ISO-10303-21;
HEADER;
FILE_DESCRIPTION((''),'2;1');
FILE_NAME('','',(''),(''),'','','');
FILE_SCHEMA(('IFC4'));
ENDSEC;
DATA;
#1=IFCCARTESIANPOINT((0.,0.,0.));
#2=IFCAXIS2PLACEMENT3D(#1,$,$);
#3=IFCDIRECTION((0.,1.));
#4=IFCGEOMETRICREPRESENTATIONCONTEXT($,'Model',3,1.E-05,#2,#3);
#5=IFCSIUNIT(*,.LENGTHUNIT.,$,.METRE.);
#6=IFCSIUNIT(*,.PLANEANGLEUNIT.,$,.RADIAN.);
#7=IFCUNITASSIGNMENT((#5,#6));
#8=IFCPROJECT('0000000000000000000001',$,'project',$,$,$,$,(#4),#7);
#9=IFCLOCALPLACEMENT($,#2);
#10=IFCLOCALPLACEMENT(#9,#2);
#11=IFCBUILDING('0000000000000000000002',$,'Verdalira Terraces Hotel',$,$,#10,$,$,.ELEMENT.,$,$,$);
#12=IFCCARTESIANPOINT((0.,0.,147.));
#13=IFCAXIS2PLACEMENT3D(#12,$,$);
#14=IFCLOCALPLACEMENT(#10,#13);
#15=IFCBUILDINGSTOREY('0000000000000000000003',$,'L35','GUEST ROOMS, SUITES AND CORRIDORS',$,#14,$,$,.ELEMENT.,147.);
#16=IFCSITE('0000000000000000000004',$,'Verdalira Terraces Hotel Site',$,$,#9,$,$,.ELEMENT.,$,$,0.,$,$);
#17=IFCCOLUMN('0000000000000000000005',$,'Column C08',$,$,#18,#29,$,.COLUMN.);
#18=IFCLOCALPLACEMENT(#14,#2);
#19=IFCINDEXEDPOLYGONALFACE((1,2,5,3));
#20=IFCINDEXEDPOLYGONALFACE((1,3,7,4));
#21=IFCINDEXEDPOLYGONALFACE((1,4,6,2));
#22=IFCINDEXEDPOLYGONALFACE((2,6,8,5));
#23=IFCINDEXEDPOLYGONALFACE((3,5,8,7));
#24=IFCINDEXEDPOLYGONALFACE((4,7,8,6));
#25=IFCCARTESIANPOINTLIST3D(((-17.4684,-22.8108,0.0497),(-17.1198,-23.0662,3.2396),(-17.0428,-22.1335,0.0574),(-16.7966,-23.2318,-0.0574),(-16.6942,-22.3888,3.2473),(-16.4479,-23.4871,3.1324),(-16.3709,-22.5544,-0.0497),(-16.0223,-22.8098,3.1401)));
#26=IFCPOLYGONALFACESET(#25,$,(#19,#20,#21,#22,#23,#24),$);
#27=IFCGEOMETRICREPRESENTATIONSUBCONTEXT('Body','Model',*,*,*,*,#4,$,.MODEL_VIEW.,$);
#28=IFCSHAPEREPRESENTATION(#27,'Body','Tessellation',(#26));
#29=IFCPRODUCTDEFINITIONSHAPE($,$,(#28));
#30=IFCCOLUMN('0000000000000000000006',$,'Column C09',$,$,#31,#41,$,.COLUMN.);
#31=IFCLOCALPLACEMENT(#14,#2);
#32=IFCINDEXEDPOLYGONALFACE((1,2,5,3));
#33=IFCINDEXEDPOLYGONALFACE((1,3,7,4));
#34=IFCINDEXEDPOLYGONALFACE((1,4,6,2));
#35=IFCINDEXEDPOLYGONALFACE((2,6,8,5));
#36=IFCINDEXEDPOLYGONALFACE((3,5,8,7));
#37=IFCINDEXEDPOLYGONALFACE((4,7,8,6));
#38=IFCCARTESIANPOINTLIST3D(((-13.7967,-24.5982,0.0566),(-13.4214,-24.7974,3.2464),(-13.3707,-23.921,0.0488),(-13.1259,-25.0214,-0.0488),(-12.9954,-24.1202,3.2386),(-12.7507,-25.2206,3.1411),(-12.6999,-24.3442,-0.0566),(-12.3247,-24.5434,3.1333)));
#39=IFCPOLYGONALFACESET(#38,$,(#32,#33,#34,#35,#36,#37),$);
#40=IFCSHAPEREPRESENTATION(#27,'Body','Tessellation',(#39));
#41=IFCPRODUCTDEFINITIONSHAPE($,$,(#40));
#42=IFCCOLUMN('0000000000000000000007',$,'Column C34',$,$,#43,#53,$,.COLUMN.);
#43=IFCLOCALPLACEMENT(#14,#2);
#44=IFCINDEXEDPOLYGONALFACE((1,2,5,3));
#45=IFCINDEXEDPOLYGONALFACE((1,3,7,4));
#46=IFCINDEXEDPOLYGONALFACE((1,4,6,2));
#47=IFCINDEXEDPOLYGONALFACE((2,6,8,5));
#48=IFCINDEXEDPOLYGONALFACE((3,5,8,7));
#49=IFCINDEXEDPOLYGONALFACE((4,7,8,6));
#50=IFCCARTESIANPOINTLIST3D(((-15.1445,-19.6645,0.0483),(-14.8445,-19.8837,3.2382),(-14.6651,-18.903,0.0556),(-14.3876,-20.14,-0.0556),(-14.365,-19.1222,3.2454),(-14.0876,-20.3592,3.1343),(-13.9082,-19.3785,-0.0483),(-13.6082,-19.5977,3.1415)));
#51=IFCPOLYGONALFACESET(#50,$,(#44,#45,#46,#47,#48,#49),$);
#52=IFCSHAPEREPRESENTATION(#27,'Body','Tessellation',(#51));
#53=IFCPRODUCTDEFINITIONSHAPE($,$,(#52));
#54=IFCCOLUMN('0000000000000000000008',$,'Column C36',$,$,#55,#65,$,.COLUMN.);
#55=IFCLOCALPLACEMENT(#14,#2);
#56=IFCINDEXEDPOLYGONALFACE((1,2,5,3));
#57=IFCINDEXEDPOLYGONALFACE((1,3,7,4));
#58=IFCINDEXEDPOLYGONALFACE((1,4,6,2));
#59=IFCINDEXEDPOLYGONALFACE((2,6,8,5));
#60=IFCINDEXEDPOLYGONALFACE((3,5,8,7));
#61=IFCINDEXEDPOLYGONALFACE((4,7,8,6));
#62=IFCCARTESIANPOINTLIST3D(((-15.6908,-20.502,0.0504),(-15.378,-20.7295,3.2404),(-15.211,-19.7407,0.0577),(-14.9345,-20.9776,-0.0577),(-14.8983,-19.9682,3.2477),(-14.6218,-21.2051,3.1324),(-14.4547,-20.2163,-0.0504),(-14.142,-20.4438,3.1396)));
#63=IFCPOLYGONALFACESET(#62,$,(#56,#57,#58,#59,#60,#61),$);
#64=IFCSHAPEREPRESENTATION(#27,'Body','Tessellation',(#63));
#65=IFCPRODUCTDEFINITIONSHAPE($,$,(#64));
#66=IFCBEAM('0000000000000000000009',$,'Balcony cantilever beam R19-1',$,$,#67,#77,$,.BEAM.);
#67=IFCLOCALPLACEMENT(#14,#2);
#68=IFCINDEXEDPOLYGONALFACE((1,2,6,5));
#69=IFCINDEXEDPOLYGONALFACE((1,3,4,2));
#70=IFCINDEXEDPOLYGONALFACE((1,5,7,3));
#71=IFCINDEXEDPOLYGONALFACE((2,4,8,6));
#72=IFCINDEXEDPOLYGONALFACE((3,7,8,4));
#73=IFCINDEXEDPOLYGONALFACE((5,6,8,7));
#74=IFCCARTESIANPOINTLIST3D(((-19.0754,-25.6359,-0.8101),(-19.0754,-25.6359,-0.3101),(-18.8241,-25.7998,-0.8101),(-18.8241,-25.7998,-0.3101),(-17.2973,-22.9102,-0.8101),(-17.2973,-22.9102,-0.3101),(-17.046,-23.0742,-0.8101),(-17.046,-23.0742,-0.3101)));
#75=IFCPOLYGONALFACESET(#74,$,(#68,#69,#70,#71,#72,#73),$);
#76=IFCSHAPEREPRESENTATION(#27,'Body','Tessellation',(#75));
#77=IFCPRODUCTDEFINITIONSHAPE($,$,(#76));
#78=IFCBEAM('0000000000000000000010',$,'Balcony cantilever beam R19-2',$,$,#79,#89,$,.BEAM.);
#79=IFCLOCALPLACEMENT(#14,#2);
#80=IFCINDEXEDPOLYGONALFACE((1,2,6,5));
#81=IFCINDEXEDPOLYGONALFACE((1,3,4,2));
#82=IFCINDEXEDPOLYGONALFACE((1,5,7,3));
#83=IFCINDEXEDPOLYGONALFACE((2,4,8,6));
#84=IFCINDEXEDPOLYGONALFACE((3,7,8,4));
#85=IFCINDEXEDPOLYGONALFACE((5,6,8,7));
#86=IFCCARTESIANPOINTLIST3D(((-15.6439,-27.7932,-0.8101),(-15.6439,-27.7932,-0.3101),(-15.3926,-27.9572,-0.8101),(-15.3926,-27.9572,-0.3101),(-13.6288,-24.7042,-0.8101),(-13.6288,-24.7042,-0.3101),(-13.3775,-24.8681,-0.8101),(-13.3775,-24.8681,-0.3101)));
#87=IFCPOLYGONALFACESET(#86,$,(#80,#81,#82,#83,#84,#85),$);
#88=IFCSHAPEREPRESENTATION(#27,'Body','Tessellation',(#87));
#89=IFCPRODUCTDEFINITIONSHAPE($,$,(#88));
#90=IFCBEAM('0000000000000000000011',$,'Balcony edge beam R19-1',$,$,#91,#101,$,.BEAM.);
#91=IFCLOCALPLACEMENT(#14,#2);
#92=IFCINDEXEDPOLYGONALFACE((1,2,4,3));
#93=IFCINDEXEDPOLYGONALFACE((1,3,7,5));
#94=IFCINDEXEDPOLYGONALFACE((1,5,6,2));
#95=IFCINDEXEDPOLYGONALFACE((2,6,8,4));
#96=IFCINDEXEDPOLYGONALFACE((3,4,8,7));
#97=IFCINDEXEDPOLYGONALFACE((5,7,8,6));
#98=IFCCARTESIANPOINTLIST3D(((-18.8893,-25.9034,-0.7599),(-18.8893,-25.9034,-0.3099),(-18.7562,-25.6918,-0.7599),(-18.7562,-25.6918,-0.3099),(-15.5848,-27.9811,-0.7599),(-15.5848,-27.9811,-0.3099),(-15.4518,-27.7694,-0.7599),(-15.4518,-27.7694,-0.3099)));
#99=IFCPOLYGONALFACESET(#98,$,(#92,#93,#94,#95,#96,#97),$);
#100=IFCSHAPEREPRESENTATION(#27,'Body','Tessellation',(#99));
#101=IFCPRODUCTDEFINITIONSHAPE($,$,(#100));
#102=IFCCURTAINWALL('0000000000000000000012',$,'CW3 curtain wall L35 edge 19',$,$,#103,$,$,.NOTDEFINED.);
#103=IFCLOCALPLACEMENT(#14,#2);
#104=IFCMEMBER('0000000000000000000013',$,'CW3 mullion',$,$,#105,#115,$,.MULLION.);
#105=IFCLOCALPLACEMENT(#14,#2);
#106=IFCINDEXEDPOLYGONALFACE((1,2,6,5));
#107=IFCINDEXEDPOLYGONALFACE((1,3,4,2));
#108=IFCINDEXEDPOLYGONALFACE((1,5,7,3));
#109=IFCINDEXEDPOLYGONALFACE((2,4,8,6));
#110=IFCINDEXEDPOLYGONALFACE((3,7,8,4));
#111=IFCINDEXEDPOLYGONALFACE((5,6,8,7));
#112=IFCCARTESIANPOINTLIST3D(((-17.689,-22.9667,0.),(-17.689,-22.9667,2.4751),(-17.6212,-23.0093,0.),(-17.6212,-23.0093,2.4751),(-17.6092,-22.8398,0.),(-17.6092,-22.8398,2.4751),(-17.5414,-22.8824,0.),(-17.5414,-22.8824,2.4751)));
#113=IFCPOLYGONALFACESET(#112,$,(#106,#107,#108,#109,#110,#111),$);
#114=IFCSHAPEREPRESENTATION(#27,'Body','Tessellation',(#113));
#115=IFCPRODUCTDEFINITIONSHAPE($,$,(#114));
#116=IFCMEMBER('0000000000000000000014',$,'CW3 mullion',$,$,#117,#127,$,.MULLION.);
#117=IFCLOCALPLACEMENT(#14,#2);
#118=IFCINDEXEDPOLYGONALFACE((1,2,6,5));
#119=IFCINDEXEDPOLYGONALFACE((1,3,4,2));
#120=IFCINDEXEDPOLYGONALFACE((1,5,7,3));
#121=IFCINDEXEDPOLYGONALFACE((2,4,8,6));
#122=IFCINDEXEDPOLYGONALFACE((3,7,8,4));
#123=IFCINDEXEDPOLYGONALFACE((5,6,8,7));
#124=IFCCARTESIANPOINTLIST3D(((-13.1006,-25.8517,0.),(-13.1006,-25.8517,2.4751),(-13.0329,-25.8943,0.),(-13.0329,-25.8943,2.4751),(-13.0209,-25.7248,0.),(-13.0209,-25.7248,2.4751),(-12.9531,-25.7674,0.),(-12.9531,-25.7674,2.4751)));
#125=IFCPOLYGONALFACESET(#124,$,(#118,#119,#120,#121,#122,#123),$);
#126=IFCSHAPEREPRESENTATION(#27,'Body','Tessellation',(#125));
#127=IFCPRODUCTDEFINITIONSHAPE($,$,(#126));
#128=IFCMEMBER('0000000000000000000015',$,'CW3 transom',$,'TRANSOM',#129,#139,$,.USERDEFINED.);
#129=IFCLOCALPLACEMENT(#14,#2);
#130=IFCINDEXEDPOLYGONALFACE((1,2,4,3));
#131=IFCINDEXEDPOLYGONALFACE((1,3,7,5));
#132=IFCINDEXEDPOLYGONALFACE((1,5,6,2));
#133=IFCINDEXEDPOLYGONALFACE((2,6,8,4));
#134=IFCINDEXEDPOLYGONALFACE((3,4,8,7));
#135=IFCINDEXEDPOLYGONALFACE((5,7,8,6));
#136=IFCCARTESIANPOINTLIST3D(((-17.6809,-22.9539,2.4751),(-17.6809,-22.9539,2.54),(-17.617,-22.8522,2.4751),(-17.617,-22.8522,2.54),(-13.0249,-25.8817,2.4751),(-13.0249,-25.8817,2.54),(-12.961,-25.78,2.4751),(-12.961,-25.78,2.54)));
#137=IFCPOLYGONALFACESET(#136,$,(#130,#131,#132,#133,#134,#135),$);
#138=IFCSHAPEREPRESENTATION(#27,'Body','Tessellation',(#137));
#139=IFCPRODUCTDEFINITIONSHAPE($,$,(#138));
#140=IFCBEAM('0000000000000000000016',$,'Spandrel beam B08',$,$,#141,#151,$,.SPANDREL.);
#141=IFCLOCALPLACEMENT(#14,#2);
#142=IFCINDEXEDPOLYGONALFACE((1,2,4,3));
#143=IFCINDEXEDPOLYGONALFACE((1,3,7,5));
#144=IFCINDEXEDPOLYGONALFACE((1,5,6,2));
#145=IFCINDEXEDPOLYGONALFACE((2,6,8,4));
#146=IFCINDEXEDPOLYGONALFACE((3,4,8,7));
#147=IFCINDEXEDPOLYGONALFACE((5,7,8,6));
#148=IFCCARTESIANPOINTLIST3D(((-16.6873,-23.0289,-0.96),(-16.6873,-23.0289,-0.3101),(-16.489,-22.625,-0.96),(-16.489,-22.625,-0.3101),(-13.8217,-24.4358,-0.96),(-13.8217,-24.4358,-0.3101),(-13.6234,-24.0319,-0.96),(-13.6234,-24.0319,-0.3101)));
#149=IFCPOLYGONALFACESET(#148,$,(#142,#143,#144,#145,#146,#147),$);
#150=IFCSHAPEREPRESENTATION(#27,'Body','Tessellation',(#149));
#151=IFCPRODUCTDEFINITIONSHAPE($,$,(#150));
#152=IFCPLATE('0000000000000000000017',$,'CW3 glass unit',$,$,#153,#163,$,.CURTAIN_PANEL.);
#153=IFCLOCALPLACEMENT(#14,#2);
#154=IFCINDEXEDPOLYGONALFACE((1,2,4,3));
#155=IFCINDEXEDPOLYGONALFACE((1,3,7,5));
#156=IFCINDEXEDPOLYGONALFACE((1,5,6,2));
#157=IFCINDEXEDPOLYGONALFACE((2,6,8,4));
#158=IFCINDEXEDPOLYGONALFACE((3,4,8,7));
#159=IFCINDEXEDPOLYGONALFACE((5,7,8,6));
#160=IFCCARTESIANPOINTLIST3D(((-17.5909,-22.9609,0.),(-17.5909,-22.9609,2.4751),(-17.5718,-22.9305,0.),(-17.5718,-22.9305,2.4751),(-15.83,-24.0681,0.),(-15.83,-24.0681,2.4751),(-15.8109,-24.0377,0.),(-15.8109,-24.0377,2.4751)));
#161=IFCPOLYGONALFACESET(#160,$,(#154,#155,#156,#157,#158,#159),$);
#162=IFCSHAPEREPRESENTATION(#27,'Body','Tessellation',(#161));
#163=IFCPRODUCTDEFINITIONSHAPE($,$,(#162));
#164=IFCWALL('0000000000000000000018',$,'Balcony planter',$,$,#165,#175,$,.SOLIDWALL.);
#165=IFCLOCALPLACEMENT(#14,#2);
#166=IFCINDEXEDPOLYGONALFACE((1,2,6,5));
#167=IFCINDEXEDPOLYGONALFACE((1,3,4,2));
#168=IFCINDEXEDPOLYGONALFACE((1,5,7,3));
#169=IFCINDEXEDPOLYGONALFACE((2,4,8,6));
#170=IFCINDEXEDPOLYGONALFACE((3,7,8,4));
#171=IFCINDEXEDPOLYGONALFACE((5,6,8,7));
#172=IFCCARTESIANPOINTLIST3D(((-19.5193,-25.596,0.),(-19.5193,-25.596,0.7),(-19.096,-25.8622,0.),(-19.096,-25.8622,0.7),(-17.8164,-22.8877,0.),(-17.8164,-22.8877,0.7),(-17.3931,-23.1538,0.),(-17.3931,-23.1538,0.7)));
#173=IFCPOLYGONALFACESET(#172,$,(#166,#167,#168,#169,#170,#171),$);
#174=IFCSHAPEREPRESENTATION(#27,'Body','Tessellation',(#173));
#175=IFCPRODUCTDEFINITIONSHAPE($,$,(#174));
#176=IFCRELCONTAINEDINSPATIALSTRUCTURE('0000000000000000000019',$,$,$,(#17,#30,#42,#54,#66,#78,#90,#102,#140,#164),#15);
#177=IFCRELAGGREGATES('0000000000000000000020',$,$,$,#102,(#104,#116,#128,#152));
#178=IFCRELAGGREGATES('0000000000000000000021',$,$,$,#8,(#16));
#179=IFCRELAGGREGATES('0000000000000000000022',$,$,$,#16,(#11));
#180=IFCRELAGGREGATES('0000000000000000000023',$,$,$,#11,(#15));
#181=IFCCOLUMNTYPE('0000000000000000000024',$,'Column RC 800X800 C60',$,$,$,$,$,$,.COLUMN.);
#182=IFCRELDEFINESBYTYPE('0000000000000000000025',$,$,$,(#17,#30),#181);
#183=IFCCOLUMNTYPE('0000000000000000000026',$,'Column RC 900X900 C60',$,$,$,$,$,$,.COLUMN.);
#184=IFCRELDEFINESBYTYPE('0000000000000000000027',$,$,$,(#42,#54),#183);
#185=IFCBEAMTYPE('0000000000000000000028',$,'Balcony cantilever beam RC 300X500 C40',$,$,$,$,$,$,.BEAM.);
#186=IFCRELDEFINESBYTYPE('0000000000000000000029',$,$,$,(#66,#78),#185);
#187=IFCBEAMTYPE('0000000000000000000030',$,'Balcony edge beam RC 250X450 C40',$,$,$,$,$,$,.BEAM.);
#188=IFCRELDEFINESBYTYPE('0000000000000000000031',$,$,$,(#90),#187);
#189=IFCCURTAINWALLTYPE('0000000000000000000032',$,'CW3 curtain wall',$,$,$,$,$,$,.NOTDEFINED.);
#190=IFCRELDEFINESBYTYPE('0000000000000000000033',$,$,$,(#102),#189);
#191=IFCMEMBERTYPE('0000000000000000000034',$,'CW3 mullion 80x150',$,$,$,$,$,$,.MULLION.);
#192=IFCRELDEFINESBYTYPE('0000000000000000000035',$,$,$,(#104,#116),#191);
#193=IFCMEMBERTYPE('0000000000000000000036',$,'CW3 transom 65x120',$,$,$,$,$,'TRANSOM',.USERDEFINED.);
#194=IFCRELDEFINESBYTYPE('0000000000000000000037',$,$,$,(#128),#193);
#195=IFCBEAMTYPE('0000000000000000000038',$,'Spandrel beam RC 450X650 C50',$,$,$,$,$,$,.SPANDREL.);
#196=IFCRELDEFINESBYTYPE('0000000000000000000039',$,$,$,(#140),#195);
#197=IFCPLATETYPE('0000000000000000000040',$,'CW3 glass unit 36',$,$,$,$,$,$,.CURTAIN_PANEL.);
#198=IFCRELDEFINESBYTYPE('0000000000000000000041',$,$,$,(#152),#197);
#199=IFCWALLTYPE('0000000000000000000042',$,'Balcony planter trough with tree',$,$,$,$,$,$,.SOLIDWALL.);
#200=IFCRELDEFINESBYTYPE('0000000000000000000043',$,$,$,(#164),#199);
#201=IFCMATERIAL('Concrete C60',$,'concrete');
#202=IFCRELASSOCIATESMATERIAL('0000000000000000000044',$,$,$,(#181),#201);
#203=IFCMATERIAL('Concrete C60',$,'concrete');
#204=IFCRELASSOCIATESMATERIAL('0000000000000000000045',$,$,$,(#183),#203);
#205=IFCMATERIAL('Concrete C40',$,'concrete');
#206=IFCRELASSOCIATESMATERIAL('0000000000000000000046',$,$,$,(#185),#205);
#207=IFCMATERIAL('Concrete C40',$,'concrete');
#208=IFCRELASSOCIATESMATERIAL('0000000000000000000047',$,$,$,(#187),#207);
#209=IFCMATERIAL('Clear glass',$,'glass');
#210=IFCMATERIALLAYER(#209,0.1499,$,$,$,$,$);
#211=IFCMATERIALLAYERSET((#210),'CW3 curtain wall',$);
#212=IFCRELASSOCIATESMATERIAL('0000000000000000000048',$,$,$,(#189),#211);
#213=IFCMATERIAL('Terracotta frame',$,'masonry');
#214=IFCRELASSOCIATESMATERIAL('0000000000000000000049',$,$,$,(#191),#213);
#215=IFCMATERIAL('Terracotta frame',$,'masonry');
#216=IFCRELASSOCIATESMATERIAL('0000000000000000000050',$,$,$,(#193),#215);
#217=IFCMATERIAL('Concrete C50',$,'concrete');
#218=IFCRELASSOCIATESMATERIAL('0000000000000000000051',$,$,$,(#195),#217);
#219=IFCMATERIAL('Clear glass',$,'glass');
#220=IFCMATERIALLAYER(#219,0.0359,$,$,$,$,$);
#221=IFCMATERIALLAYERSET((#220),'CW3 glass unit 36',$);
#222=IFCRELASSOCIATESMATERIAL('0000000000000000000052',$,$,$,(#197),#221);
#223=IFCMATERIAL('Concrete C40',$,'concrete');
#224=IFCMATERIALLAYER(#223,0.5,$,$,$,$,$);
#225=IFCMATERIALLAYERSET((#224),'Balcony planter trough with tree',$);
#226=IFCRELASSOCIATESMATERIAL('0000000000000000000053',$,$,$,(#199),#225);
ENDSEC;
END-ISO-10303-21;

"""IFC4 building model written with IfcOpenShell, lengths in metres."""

from ifc_helpers import new_model, si_unit, direction, frame, frame_2d, origin, origin_2d, place, context, subcontext, project, spatial, rectangle, extrude, material, layer, layer_set, material_profile, profile_set, type_object, element, aggregate, save


model = new_model("IFC4")

# Units and contexts
model_context = context("Model", 3, precision=1e-05, world=origin(), true_north=direction((0.0, 1.0)))
body_context = subcontext(model_context, "Body", "Model", "MODEL_VIEW")
ifc_project = project(units=[si_unit("LENGTHUNIT", "METRE"), si_unit("PLANEANGLEUNIT", "RADIAN")], contexts=[model_context])

# Site, building, storey
site_placement = place(None, origin())
site = spatial("IfcSite", under=ifc_project, at=site_placement, Name="Verdalira Terraces Hotel Site", CompositionType="ELEMENT", RefElevation=0.0)
building_placement = place(site_placement, origin())
building = spatial("IfcBuilding", under=site, at=building_placement, Name="Verdalira Terraces Hotel", CompositionType="ELEMENT")
storey_placement = place(building_placement, frame((0.0, 0.0, 147.0)))
storey = spatial("IfcBuildingStorey", under=building, at=storey_placement, Name="L35", Description="GUEST ROOMS, SUITES AND CORRIDORS", CompositionType="ELEMENT", Elevation=147.0)

# Columns
ifc_material_1 = material(Name="Concrete C60", Category="concrete")
ifc_material_profile_1 = material_profile(ifc_material_1, rectangle(XDim=0.8, YDim=0.8, at=origin_2d()), Name="RC 800X800")
ifc_profile_set_1 = profile_set([ifc_material_profile_1], Name="Concrete C60")
column_type_1 = type_object("IfcColumnType", Name="Column RC 800X800 C60", PredefinedType="COLUMN", material=ifc_profile_set_1)
column_1_placement = place(storey_placement, frame((-16.9197, -22.6826, 0.0), z_axis=(0.108302, -0.07933, 0.990948), x_axis=(0.839792, -0.526136, -0.133902)))
element("IfcColumn", 1, at=column_1_placement, inside=storey, type_object=column_type_1, Name="Column C08", PredefinedType="COLUMN", context=body_context, shape_type="SweptSolid", body=[
    extrude(rectangle(XDim=0.8, YDim=0.8, at=origin_2d()), origin(), (0.0, 0.0, 1.0), 3.219),
])
column_2_placement = place(storey_placement, frame((-13.2483, -24.4712, 0.0), z_axis=(0.116604, -0.061906, 0.991247), x_axis=(0.838387, -0.528937, -0.131656)))
element("IfcColumn", 2, at=column_2_placement, inside=storey, type_object=column_type_1, Name="Column C09", PredefinedType="COLUMN", context=body_context, shape_type="SweptSolid", body=[
    extrude(rectangle(XDim=0.8, YDim=0.8, at=origin_2d()), origin(), (0.0, 0.0, 1.0), 3.218),
])
ifc_material_2 = material(Name="Concrete C60", Category="concrete")
ifc_material_profile_2 = material_profile(ifc_material_2, rectangle(XDim=0.8999, YDim=0.8999, at=origin_2d()), Name="RC 900X900")
ifc_profile_set_2 = profile_set([ifc_material_profile_2], Name="Concrete C60")
column_type_2 = type_object("IfcColumnType", Name="Column RC 900X900 C60", PredefinedType="COLUMN", material=ifc_profile_set_2)
column_3_placement = place(storey_placement, frame((-14.5264, -19.5215, 0.0), z_axis=(0.093429, -0.068266, 0.993283), x_axis=(-0.53278, -0.846215, -0.008045)))
element("IfcColumn", 3, at=column_3_placement, inside=storey, type_object=column_type_2, Name="Column C34", PredefinedType="COLUMN", context=body_context, shape_type="SweptSolid", body=[
    extrude(rectangle(XDim=0.8999, YDim=0.8999, at=origin_2d()), origin(), (0.0, 0.0, 1.0), 3.2114),
])
column_4_placement = place(storey_placement, frame((-15.0728, -20.3591, 0.0), z_axis=(0.097328, -0.070812, 0.99273), x_axis=(-0.533151, -0.845982, -0.008073)))
element("IfcColumn", 4, at=column_4_placement, inside=storey, type_object=column_type_2, Name="Column C36", PredefinedType="COLUMN", context=body_context, shape_type="SweptSolid", body=[
    extrude(rectangle(XDim=0.8999, YDim=0.8999, at=origin_2d()), origin(), (0.0, 0.0, 1.0), 3.2134),
])

# Beams
ifc_material_3 = material(Name="Concrete C40", Category="concrete")
ifc_material_profile_3 = material_profile(ifc_material_3, rectangle(XDim=0.3, YDim=0.5, at=origin_2d()), Name="RC 300X500")
ifc_profile_set_3 = profile_set([ifc_material_profile_3], Name="Concrete C40")
beam_type_1 = type_object("IfcBeamType", Name="Balcony cantilever beam RC 300X500 C40", PredefinedType="BEAM", material=ifc_profile_set_3)
beam_1_placement = place(storey_placement, frame((-17.1716, -22.9922, -0.5601), z_axis=(-0.54638, -0.837537, 0.0), x_axis=(0.837537, -0.54638, 0.0)))
element("IfcBeam", 5, at=beam_1_placement, inside=storey, type_object=beam_type_1, Name="Balcony cantilever beam R19-1", PredefinedType="BEAM", context=body_context, shape_type="SweptSolid", body=[
    extrude(rectangle(XDim=0.3, YDim=0.5, at=origin_2d()), origin(), (0.0, 0.0, 1.0), 3.2544),
])
beam_2_placement = place(storey_placement, frame((-13.5032, -24.7861, -0.5601), z_axis=(-0.546363, -0.837549, 0.0), x_axis=(0.837549, -0.546363, 0.0)))
element("IfcBeam", 6, at=beam_2_placement, inside=storey, type_object=beam_type_1, Name="Balcony cantilever beam R19-2", PredefinedType="BEAM", context=body_context, shape_type="SweptSolid", body=[
    extrude(rectangle(XDim=0.3, YDim=0.5, at=origin_2d()), origin(), (0.0, 0.0, 1.0), 3.6882),
])
ifc_material_4 = material(Name="Concrete C40", Category="concrete")
ifc_material_profile_4 = material_profile(ifc_material_4, rectangle(XDim=0.25, YDim=0.45, at=origin_2d()), Name="RC 250X450")
ifc_profile_set_4 = profile_set([ifc_material_profile_4], Name="Concrete C40")
beam_type_2 = type_object("IfcBeamType", Name="Balcony edge beam RC 250X450 C40", PredefinedType="BEAM", material=ifc_profile_set_4)
beam_3_placement = place(storey_placement, frame((-18.8228, -25.7976, -0.5349), z_axis=(0.846572, -0.532274, 0.0), x_axis=(0.532274, 0.846572, 0.0)))
element("IfcBeam", 7, at=beam_3_placement, inside=storey, type_object=beam_type_2, Name="Balcony edge beam R19-1", PredefinedType="BEAM", context=body_context, shape_type="SweptSolid", body=[
    extrude(rectangle(XDim=0.25, YDim=0.45, at=origin_2d()), origin(), (0.0, 0.0, 1.0), 3.9033),
])

# Curtain wall, members
ifc_material_5 = material(Name="Clear glass", Category="glass")
ifc_layer_1 = layer(ifc_material_5, 0.1499)
ifc_layer_set_1 = layer_set([ifc_layer_1], Name="CW3 curtain wall")
curtain_wall_type = type_object("IfcCurtainWallType", Name="CW3 curtain wall", PredefinedType="NOTDEFINED", material=ifc_layer_set_1)
curtain_wall_placement = place(storey_placement, origin())
curtain_wall = element("IfcCurtainWall", 8, at=curtain_wall_placement, inside=storey, type_object=curtain_wall_type, Name="CW3 curtain wall L35 edge 19", PredefinedType="NOTDEFINED")
ifc_material_6 = material(Name="Terracotta frame", Category="masonry")
ifc_material_profile_5 = material_profile(ifc_material_6, rectangle(XDim=0.0801, YDim=0.1499, at=origin_2d()), Name="MU 80x150")
ifc_profile_set_5 = profile_set([ifc_material_profile_5], Name="Terracotta frame")
member_type_1 = type_object("IfcMemberType", Name="CW3 mullion 80x150", PredefinedType="MULLION", material=ifc_profile_set_5)
member_1_placement = place(storey_placement, frame((-17.6152, -22.9246, 0.0), z_axis=(0.0, 0.0, 1.0), x_axis=(0.846565, -0.532285, 0.0)))
member_1 = element("IfcMember", 9, at=member_1_placement, type_object=member_type_1, Name="CW3 mullion", PredefinedType="MULLION", context=body_context, shape_type="SweptSolid", body=[
    extrude(rectangle(XDim=0.0801, YDim=0.1499, at=origin_2d()), origin(), (0.0, 0.0, 1.0), 2.4751),
])
member_2_placement = place(storey_placement, frame((-13.0269, -25.8096, 0.0), z_axis=(0.0, 0.0, 1.0), x_axis=(0.846565, -0.532285, 0.0)))
member_2 = element("IfcMember", 10, at=member_2_placement, type_object=member_type_1, Name="CW3 mullion", PredefinedType="MULLION", context=body_context, shape_type="SweptSolid", body=[
    extrude(rectangle(XDim=0.0801, YDim=0.1499, at=origin_2d()), origin(), (0.0, 0.0, 1.0), 2.4751),
])
ifc_material_7 = material(Name="Terracotta frame", Category="masonry")
ifc_material_profile_6 = material_profile(ifc_material_7, rectangle(XDim=0.1201, YDim=0.0649, at=origin_2d()), Name="TR 65x120")
ifc_profile_set_6 = profile_set([ifc_material_profile_6], Name="Terracotta frame")
member_type_2 = type_object("IfcMemberType", Name="CW3 transom 65x120", ElementType="TRANSOM", PredefinedType="USERDEFINED", material=ifc_profile_set_6)
member_3_placement = place(storey_placement, frame((-17.6489, -22.9031, 2.5076), z_axis=(0.846546, -0.532315, 0.0), x_axis=(0.532315, 0.846546, 0.0)))
member_3 = element("IfcMember", 11, at=member_3_placement, type_object=member_type_2, Name="CW3 transom", ObjectType="TRANSOM", PredefinedType="USERDEFINED", context=body_context, shape_type="SweptSolid", body=[
    extrude(rectangle(XDim=0.1201, YDim=0.0649, at=origin_2d()), origin(), (0.0, 0.0, 1.0), 5.5),
])

# Beam
ifc_material_8 = material(Name="Concrete C50", Category="concrete")
ifc_material_profile_7 = material_profile(ifc_material_8, rectangle(XDim=0.45, YDim=0.6499, at=origin_2d()), Name="RC 450X650")
ifc_profile_set_7 = profile_set([ifc_material_profile_7], Name="Concrete C50")
beam_type_3 = type_object("IfcBeamType", Name="Spandrel beam RC 450X650 C50", PredefinedType="SPANDREL", material=ifc_profile_set_7)
beam_4_placement = place(storey_placement, frame((-16.5881, -22.8269, -0.635), z_axis=(0.897646, -0.440717, 0.0), x_axis=(0.440717, 0.897646, 0.0)))
element("IfcBeam", 12, at=beam_4_placement, inside=storey, type_object=beam_type_3, Name="Spandrel beam B08", PredefinedType="SPANDREL", context=body_context, shape_type="SweptSolid", body=[
    extrude(rectangle(XDim=0.45, YDim=0.6499, at=origin_2d()), origin(), (0.0, 0.0, 1.0), 3.1924),
])

# Plate
ifc_material_9 = material(Name="Clear glass", Category="glass")
ifc_layer_2 = layer(ifc_material_9, 0.0359)
ifc_layer_set_2 = layer_set([ifc_layer_2], Name="CW3 glass unit 36")
plate_type = type_object("IfcPlateType", Name="CW3 glass unit 36", PredefinedType="CURTAIN_PANEL", material=ifc_layer_set_2)
plate_placement = place(storey_placement, frame((-16.7009, -23.4993, 0.0), z_axis=(0.0, 0.0, 1.0), x_axis=(0.846565, -0.532285, 0.0)))
plate = element("IfcPlate", 13, at=plate_placement, type_object=plate_type, Name="CW3 glass unit", PredefinedType="CURTAIN_PANEL", context=body_context, shape_type="SweptSolid", body=[
    extrude(rectangle(XDim=2.0801, YDim=0.0359, at=origin_2d()), origin(), (0.0, 0.0, 1.0), 2.4751),
])
aggregate(curtain_wall, [member_1, member_2, member_3, plate])

# Wall
ifc_material_10 = material(Name="Concrete C40", Category="concrete")
ifc_layer_3 = layer(ifc_material_10, 0.5)
ifc_layer_set_3 = layer_set([ifc_layer_3], Name="Balcony planter trough with tree")
wall_type_1 = type_object("IfcWallType", Name="Balcony planter trough with tree", PredefinedType="SOLIDWALL", material=ifc_layer_set_3)
wall_1_placement = place(storey_placement, frame((-17.6047, -23.0208, 0.0), z_axis=(0.0, 0.0, 1.0), x_axis=(-0.532295, -0.846559, 0.0)))
element("IfcWall", 14, at=wall_1_placement, inside=storey, type_object=wall_type_1, Name="Balcony planter", PredefinedType="SOLIDWALL", context=body_context, shape_type="SweptSolid", body=[
    extrude(rectangle(XDim=3.1992, YDim=0.5, at=frame_2d((1.5996, 0.0))), origin(), (0.0, 0.0, 1.0), 0.7),
])

save(model, "model.ifc")
